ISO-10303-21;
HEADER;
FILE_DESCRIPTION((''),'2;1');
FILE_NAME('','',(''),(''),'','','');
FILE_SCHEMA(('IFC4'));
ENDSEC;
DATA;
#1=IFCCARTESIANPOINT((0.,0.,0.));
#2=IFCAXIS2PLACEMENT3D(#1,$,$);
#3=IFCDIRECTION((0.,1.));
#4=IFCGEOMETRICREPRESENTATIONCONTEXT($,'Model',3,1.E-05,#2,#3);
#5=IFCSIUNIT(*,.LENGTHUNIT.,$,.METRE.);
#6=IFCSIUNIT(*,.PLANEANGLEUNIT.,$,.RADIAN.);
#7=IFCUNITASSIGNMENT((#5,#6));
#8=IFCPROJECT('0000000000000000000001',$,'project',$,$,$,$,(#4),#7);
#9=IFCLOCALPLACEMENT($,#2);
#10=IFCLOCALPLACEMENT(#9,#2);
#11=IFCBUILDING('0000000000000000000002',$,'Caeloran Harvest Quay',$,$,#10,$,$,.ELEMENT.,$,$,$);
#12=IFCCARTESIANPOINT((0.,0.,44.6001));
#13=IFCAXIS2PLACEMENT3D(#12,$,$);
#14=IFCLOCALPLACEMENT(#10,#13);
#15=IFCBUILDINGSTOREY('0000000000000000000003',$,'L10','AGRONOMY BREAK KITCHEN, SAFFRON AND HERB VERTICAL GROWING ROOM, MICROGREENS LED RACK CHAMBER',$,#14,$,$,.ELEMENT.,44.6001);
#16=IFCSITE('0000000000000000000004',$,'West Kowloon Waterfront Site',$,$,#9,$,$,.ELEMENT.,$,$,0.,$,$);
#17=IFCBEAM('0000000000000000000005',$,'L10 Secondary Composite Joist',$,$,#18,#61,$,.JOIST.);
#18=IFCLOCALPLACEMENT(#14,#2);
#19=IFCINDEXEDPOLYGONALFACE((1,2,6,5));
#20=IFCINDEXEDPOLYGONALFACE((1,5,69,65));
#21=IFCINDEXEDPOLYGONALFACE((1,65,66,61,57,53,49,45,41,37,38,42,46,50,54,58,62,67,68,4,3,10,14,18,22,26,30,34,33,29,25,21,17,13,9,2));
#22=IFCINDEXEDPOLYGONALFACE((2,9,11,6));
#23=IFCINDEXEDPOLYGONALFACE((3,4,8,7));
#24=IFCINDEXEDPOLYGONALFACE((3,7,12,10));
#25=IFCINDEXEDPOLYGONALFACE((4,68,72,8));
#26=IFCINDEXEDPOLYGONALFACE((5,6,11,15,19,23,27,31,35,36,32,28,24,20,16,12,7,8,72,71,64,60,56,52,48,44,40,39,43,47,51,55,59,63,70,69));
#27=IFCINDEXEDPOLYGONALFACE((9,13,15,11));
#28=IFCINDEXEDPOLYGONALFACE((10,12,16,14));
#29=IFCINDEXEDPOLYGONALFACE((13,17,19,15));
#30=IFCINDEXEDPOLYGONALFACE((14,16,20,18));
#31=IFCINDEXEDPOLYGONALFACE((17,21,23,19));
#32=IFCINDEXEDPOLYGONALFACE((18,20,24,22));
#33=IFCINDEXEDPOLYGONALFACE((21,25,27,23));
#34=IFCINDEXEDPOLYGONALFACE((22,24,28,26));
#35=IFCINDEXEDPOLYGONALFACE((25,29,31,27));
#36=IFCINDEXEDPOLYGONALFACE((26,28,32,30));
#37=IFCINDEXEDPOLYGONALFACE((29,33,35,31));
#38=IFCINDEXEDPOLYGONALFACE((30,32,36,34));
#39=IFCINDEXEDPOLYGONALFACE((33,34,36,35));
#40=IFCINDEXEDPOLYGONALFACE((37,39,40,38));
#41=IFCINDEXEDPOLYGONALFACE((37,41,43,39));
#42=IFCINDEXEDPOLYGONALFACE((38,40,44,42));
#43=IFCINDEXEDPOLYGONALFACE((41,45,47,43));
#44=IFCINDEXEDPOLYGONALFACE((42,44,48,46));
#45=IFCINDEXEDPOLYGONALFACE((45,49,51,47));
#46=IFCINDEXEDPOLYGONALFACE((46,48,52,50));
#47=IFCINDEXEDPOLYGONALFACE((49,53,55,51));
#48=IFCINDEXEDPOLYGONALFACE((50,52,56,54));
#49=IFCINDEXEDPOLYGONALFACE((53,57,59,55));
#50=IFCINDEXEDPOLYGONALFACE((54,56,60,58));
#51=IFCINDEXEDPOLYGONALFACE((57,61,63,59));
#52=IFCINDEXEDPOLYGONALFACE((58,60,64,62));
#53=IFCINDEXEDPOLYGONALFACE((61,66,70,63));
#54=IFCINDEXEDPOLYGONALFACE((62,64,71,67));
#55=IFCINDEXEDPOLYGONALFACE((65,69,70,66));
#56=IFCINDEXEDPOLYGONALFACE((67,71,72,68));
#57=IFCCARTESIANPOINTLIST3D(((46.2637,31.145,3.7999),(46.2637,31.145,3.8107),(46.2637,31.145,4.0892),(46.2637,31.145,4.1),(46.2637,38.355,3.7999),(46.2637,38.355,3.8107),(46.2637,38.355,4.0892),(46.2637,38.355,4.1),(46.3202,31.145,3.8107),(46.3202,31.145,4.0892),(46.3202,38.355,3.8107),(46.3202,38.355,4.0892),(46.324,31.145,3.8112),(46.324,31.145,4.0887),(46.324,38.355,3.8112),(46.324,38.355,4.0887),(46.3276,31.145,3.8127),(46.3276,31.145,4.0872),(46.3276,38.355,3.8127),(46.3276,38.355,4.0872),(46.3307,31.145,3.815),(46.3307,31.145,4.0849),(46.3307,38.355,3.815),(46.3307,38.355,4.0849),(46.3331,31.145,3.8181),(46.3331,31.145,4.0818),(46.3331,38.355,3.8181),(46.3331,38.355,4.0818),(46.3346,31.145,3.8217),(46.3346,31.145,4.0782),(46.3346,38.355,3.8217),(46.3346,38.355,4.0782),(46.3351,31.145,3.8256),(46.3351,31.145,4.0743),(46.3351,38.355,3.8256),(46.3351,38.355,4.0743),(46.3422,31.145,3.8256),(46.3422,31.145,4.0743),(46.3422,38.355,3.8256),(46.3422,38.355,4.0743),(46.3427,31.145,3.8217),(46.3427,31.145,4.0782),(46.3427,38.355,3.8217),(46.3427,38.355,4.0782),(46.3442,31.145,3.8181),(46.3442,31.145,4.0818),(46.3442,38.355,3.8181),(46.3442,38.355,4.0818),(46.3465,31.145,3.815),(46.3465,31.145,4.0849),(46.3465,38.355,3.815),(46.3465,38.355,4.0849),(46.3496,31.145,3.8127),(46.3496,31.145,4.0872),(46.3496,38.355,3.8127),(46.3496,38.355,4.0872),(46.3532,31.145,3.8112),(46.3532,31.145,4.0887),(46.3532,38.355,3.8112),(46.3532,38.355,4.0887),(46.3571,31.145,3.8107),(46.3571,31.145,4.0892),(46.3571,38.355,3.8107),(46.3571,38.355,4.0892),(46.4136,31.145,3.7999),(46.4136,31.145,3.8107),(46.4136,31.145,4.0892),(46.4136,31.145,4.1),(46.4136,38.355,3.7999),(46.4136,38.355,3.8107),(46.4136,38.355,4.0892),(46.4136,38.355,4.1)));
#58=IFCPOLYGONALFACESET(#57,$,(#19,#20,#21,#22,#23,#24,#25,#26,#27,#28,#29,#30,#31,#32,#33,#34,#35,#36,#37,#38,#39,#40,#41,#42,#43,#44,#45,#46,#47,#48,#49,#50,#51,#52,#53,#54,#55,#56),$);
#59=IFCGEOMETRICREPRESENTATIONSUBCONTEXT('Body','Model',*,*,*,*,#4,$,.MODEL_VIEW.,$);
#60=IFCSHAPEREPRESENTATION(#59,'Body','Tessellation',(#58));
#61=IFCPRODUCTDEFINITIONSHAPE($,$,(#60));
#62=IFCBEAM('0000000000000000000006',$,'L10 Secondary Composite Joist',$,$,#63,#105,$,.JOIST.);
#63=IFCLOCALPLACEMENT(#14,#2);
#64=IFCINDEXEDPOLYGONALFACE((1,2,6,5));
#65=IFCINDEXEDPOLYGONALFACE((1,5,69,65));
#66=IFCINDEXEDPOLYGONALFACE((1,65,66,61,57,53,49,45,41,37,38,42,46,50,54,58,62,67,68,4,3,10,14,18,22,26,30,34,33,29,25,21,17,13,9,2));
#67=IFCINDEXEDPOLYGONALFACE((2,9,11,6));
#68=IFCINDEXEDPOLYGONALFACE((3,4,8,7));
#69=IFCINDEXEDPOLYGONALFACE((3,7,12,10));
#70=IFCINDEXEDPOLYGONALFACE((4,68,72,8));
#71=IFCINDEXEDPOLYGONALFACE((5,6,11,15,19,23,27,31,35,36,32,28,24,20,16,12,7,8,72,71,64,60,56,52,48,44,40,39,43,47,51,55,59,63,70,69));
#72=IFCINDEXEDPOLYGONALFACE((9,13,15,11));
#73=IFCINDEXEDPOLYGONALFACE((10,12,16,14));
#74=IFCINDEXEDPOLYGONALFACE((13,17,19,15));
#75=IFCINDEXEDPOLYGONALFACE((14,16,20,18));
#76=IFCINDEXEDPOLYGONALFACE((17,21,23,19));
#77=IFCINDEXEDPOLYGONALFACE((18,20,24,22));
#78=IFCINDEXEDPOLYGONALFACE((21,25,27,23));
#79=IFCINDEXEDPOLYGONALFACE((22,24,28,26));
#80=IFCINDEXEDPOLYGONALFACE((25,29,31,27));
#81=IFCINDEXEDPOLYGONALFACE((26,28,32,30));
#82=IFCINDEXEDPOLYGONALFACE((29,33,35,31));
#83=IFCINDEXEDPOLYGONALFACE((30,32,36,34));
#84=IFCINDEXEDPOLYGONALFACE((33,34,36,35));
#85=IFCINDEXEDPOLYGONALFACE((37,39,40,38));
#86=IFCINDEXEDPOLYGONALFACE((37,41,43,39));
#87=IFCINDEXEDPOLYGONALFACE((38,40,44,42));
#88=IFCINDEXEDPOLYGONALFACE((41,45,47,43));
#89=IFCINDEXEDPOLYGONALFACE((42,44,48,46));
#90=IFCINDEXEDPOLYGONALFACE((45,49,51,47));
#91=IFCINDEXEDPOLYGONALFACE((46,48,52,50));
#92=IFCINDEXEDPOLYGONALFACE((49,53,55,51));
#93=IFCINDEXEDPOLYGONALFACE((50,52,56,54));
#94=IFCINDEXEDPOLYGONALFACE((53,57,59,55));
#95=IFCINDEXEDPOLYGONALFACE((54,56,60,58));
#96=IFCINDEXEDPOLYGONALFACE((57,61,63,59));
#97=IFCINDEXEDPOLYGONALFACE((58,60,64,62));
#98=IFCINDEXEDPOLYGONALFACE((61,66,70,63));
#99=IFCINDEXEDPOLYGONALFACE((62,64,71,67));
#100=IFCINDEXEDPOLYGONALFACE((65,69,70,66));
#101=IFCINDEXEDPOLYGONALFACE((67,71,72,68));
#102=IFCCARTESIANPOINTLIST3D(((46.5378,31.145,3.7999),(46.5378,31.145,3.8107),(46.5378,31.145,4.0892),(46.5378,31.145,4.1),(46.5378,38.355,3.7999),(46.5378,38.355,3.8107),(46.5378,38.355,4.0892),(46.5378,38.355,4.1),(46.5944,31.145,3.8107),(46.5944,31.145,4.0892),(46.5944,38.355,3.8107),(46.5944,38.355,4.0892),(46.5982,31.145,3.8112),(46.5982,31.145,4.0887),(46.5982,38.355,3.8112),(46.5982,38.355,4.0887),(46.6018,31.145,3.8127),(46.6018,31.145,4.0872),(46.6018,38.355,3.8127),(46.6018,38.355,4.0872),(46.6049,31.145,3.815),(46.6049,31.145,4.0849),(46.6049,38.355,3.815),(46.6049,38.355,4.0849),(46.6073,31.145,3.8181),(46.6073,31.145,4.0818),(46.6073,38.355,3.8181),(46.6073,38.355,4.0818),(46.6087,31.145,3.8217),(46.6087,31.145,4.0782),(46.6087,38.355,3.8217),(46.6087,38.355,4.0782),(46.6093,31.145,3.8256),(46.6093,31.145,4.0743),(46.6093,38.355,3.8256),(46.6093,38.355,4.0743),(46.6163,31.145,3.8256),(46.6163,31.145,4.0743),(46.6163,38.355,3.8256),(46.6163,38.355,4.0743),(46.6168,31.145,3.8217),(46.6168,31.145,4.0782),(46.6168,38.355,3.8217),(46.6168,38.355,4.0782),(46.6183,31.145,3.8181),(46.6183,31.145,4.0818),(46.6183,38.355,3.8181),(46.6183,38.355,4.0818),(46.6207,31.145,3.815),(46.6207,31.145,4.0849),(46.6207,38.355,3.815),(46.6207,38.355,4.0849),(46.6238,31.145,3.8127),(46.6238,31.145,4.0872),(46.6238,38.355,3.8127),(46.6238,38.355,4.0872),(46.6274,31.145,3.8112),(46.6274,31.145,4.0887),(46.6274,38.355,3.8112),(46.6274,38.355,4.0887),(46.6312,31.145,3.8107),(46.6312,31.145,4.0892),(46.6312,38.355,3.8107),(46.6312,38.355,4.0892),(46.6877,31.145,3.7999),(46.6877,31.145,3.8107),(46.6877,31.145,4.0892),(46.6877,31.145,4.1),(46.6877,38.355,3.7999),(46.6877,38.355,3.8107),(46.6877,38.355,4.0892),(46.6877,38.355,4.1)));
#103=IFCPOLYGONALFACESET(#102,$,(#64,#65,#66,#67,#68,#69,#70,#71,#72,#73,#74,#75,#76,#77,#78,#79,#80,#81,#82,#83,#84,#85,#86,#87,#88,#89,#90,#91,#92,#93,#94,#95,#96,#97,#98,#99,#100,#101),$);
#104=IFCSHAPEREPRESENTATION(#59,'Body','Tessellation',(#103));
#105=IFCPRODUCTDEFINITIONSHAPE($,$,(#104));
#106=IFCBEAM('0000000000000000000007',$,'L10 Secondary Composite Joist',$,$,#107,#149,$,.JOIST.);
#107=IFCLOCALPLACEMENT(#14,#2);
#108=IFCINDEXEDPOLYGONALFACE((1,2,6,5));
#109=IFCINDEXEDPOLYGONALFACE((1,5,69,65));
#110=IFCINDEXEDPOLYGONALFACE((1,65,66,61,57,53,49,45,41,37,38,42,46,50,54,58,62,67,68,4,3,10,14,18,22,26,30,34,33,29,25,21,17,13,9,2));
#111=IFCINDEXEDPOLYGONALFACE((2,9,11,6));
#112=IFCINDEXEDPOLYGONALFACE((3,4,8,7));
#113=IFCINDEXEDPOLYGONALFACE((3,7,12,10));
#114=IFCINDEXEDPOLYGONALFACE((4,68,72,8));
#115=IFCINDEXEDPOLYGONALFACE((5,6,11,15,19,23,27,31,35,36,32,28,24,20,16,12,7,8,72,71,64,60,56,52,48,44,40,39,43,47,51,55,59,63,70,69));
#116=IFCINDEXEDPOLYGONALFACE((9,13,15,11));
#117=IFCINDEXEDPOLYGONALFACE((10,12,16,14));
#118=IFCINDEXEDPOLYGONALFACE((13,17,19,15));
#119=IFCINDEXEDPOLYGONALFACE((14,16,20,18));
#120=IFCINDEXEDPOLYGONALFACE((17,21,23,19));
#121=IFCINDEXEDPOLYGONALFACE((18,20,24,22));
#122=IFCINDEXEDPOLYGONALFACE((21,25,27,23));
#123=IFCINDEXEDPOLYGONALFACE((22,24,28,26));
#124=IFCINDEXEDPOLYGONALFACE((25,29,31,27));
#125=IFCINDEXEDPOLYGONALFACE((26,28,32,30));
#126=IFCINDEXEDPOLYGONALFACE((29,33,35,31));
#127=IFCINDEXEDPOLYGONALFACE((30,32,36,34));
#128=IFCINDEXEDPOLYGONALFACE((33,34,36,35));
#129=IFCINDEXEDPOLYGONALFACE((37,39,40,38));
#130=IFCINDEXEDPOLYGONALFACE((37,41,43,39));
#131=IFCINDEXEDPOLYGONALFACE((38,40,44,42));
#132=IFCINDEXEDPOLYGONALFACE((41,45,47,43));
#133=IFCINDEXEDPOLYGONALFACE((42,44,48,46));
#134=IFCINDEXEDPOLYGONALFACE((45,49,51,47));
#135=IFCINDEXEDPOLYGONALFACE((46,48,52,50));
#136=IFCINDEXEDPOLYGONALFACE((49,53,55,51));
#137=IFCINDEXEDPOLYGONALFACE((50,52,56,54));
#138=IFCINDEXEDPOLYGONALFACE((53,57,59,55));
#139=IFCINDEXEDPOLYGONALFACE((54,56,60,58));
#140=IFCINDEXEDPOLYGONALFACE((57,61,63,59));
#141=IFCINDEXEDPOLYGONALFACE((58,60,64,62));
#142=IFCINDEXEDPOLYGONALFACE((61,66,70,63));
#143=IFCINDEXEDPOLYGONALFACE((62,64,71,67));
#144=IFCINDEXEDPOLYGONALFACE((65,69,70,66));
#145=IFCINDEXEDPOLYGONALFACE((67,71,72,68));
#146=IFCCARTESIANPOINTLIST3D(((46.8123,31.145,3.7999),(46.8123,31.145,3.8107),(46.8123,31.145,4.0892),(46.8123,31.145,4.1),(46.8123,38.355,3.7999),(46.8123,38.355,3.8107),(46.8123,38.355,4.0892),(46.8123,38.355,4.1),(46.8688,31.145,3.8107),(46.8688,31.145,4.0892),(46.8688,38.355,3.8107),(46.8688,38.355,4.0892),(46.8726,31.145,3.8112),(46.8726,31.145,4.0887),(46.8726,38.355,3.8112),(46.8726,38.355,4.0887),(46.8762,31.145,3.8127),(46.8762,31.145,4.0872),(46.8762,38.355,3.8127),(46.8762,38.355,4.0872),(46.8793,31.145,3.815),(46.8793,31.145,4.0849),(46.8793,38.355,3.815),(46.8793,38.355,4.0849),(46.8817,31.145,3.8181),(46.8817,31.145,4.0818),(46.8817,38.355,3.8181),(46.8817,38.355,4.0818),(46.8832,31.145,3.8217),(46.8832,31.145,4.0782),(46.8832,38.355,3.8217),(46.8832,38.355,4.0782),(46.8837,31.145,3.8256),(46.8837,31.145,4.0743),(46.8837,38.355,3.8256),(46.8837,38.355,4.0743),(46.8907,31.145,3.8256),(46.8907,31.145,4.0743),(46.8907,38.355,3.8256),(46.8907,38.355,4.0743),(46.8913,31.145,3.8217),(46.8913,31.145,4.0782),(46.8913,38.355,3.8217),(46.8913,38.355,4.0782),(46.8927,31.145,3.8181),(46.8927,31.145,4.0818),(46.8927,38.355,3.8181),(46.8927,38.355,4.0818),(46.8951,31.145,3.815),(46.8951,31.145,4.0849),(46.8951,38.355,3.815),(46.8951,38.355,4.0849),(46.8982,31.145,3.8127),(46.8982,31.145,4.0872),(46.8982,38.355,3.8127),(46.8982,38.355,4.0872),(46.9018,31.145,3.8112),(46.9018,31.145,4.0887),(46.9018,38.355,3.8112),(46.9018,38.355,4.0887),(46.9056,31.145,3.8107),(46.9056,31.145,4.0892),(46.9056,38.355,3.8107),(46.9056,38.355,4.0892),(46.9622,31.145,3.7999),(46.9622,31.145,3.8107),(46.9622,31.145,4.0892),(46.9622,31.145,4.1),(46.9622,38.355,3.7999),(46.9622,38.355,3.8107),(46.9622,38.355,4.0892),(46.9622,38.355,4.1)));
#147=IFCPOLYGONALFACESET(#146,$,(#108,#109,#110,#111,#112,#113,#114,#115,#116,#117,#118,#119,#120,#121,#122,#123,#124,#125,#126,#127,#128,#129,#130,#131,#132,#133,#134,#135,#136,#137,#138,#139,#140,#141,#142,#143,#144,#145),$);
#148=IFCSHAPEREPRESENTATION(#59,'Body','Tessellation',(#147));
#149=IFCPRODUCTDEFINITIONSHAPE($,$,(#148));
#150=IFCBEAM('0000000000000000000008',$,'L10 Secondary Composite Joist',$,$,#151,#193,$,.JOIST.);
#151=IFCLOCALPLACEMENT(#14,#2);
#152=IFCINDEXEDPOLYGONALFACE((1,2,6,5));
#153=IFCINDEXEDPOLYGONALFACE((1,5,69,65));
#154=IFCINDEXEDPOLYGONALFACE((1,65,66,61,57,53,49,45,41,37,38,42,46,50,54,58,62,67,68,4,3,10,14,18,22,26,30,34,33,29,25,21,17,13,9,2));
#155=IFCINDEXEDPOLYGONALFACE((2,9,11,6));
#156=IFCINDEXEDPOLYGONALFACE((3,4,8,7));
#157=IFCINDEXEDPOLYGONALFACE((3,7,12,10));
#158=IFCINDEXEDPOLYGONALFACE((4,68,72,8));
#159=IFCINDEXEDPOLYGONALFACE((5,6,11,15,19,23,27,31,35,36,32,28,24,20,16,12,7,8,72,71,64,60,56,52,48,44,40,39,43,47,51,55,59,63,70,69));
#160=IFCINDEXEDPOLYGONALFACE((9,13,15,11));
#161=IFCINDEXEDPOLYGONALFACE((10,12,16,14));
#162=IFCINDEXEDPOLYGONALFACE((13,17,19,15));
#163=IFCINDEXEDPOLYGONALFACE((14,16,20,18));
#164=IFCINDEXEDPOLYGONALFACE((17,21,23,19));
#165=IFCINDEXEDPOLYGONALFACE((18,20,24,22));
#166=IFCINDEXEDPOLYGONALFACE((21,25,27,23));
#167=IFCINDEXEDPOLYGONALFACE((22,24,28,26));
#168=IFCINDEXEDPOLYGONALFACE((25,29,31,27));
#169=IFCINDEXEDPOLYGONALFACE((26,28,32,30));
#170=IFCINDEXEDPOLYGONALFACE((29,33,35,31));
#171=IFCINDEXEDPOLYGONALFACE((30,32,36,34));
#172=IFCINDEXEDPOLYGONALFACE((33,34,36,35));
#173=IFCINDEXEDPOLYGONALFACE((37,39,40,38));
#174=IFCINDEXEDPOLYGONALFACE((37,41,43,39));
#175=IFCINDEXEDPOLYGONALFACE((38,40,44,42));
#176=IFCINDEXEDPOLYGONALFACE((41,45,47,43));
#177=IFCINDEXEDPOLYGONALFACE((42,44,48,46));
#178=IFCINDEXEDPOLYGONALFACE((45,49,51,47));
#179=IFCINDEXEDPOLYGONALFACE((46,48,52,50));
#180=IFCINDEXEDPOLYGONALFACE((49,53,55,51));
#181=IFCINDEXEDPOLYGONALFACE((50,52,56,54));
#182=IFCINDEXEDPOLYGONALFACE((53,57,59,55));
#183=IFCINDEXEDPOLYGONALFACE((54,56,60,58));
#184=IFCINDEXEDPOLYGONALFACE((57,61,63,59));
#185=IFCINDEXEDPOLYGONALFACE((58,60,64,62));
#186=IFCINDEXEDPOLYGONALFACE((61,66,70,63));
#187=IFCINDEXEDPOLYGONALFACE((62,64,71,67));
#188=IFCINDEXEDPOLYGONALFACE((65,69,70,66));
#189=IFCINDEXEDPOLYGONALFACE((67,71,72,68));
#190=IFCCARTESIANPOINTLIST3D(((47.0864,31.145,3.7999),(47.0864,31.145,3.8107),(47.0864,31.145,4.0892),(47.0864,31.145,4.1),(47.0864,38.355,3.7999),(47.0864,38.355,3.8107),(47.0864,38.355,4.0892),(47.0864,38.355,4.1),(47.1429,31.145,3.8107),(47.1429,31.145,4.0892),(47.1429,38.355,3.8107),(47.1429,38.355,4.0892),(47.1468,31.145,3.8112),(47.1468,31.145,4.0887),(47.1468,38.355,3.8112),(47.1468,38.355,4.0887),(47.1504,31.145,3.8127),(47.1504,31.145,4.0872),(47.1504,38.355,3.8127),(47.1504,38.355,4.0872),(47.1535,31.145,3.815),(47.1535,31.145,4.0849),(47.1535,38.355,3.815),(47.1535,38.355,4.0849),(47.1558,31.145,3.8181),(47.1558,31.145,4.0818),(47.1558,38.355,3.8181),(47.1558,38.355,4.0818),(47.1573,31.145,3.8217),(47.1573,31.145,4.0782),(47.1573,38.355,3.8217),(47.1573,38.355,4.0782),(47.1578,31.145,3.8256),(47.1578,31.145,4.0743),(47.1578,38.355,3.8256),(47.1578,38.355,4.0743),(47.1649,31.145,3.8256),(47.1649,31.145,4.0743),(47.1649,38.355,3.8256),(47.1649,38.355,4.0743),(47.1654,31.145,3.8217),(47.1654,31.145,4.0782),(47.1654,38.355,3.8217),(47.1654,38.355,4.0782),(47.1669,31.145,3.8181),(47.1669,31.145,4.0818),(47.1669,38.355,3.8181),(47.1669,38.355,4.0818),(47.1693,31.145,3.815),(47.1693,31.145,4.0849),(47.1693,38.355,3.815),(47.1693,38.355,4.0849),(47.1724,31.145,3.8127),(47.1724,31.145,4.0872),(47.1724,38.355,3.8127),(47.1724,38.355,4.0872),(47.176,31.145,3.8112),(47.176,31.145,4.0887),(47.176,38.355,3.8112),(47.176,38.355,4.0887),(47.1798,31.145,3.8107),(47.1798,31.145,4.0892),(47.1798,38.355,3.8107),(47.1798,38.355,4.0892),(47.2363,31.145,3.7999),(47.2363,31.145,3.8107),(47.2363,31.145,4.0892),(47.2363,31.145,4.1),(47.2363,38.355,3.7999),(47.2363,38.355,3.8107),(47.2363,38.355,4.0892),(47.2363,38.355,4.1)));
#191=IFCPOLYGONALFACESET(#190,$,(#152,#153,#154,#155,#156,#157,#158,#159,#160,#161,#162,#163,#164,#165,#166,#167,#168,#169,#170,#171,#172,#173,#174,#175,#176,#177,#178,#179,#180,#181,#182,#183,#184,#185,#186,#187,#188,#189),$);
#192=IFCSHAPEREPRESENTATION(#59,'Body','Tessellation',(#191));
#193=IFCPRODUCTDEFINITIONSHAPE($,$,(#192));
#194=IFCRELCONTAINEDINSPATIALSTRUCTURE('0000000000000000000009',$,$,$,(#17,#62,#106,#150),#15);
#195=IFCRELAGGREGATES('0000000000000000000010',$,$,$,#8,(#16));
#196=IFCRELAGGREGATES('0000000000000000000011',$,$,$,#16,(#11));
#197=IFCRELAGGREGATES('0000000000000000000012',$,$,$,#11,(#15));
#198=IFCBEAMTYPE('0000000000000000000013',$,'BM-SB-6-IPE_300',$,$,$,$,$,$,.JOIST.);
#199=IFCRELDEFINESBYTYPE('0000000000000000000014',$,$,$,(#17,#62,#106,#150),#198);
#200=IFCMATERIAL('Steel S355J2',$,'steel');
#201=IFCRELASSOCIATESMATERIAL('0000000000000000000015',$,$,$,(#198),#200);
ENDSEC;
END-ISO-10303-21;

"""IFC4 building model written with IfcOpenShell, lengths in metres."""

from ifc_helpers import new_model, si_unit, direction, frame, origin, origin_2d, place, context, subcontext, project, spatial, i_section, extrude, material, material_profile, profile_set, type_object, element, save


model = new_model("IFC4")

# Units and contexts
model_context = context("Model", 3, precision=1e-05, world=origin(), true_north=direction((0.0, 1.0)))
body_context = subcontext(model_context, "Body", "Model", "MODEL_VIEW")
ifc_project = project(units=[si_unit("LENGTHUNIT", "METRE"), si_unit("PLANEANGLEUNIT", "RADIAN")], contexts=[model_context])

# Site, building, storey
site_placement = place(None, origin())
site = spatial("IfcSite", under=ifc_project, at=site_placement, Name="West Kowloon Waterfront Site", CompositionType="ELEMENT", RefElevation=0.0)
building_placement = place(site_placement, origin())
building = spatial("IfcBuilding", under=site, at=building_placement, Name="Caeloran Harvest Quay", CompositionType="ELEMENT")
storey_placement = place(building_placement, frame((0.0, 0.0, 44.6001)))
storey = spatial("IfcBuildingStorey", under=building, at=storey_placement, Name="L10", Description="AGRONOMY BREAK KITCHEN, SAFFRON AND HERB VERTICAL GROWING ROOM, MICROGREENS LED RACK CHAMBER", CompositionType="ELEMENT", Elevation=44.6001)

# Beams
ifc_material_1 = material(Name="Steel S355J2", Category="steel")
ifc_material_profile_1 = material_profile(ifc_material_1, i_section(OverallWidth=0.1499, OverallDepth=0.3, WebThickness=0.0071, FlangeThickness=0.0107, FilletRadius=0.0149, at=origin_2d()), Name="IPE 300")
ifc_profile_set_1 = profile_set([ifc_material_profile_1], Name="Steel S355J2")
beam_type_1 = type_object("IfcBeamType", Name="BM-SB-6-IPE_300", PredefinedType="JOIST", material=ifc_profile_set_1)
for number, where, z_axis, x_axis, name in (
    (1, (46.3386, 31.145, 3.95), (0.0, 1.0, 0.0), (-1.0, 0.0, 0.0), "L10 Secondary Composite Joist"),
    (2, (46.6128, 31.145, 3.95), (0.0, 1.0, 0.0), (-1.0, 0.0, 0.0), "L10 Secondary Composite Joist"),
    (3, (46.8872, 31.145, 3.95), (0.0, 1.0, 0.0), (-1.0, 0.0, 0.0), "L10 Secondary Composite Joist"),
    (4, (47.1614, 31.145, 3.95), (0.0, 1.0, 0.0), (-1.0, 0.0, 0.0), "L10 Secondary Composite Joist"),
):
    element("IfcBeam", number, at=place(storey_placement, frame(where, z_axis=z_axis, x_axis=x_axis)), inside=storey, type_object=beam_type_1, Name=name, PredefinedType="JOIST", context=body_context, shape_type="SweptSolid", body=[
        extrude(i_section(OverallWidth=0.1499, OverallDepth=0.3, WebThickness=0.0071, FlangeThickness=0.0107, FilletRadius=0.0149, at=origin_2d()), origin(), (0.0, 0.0, 1.0), 7.21),
    ])

save(model, "model.ifc")
